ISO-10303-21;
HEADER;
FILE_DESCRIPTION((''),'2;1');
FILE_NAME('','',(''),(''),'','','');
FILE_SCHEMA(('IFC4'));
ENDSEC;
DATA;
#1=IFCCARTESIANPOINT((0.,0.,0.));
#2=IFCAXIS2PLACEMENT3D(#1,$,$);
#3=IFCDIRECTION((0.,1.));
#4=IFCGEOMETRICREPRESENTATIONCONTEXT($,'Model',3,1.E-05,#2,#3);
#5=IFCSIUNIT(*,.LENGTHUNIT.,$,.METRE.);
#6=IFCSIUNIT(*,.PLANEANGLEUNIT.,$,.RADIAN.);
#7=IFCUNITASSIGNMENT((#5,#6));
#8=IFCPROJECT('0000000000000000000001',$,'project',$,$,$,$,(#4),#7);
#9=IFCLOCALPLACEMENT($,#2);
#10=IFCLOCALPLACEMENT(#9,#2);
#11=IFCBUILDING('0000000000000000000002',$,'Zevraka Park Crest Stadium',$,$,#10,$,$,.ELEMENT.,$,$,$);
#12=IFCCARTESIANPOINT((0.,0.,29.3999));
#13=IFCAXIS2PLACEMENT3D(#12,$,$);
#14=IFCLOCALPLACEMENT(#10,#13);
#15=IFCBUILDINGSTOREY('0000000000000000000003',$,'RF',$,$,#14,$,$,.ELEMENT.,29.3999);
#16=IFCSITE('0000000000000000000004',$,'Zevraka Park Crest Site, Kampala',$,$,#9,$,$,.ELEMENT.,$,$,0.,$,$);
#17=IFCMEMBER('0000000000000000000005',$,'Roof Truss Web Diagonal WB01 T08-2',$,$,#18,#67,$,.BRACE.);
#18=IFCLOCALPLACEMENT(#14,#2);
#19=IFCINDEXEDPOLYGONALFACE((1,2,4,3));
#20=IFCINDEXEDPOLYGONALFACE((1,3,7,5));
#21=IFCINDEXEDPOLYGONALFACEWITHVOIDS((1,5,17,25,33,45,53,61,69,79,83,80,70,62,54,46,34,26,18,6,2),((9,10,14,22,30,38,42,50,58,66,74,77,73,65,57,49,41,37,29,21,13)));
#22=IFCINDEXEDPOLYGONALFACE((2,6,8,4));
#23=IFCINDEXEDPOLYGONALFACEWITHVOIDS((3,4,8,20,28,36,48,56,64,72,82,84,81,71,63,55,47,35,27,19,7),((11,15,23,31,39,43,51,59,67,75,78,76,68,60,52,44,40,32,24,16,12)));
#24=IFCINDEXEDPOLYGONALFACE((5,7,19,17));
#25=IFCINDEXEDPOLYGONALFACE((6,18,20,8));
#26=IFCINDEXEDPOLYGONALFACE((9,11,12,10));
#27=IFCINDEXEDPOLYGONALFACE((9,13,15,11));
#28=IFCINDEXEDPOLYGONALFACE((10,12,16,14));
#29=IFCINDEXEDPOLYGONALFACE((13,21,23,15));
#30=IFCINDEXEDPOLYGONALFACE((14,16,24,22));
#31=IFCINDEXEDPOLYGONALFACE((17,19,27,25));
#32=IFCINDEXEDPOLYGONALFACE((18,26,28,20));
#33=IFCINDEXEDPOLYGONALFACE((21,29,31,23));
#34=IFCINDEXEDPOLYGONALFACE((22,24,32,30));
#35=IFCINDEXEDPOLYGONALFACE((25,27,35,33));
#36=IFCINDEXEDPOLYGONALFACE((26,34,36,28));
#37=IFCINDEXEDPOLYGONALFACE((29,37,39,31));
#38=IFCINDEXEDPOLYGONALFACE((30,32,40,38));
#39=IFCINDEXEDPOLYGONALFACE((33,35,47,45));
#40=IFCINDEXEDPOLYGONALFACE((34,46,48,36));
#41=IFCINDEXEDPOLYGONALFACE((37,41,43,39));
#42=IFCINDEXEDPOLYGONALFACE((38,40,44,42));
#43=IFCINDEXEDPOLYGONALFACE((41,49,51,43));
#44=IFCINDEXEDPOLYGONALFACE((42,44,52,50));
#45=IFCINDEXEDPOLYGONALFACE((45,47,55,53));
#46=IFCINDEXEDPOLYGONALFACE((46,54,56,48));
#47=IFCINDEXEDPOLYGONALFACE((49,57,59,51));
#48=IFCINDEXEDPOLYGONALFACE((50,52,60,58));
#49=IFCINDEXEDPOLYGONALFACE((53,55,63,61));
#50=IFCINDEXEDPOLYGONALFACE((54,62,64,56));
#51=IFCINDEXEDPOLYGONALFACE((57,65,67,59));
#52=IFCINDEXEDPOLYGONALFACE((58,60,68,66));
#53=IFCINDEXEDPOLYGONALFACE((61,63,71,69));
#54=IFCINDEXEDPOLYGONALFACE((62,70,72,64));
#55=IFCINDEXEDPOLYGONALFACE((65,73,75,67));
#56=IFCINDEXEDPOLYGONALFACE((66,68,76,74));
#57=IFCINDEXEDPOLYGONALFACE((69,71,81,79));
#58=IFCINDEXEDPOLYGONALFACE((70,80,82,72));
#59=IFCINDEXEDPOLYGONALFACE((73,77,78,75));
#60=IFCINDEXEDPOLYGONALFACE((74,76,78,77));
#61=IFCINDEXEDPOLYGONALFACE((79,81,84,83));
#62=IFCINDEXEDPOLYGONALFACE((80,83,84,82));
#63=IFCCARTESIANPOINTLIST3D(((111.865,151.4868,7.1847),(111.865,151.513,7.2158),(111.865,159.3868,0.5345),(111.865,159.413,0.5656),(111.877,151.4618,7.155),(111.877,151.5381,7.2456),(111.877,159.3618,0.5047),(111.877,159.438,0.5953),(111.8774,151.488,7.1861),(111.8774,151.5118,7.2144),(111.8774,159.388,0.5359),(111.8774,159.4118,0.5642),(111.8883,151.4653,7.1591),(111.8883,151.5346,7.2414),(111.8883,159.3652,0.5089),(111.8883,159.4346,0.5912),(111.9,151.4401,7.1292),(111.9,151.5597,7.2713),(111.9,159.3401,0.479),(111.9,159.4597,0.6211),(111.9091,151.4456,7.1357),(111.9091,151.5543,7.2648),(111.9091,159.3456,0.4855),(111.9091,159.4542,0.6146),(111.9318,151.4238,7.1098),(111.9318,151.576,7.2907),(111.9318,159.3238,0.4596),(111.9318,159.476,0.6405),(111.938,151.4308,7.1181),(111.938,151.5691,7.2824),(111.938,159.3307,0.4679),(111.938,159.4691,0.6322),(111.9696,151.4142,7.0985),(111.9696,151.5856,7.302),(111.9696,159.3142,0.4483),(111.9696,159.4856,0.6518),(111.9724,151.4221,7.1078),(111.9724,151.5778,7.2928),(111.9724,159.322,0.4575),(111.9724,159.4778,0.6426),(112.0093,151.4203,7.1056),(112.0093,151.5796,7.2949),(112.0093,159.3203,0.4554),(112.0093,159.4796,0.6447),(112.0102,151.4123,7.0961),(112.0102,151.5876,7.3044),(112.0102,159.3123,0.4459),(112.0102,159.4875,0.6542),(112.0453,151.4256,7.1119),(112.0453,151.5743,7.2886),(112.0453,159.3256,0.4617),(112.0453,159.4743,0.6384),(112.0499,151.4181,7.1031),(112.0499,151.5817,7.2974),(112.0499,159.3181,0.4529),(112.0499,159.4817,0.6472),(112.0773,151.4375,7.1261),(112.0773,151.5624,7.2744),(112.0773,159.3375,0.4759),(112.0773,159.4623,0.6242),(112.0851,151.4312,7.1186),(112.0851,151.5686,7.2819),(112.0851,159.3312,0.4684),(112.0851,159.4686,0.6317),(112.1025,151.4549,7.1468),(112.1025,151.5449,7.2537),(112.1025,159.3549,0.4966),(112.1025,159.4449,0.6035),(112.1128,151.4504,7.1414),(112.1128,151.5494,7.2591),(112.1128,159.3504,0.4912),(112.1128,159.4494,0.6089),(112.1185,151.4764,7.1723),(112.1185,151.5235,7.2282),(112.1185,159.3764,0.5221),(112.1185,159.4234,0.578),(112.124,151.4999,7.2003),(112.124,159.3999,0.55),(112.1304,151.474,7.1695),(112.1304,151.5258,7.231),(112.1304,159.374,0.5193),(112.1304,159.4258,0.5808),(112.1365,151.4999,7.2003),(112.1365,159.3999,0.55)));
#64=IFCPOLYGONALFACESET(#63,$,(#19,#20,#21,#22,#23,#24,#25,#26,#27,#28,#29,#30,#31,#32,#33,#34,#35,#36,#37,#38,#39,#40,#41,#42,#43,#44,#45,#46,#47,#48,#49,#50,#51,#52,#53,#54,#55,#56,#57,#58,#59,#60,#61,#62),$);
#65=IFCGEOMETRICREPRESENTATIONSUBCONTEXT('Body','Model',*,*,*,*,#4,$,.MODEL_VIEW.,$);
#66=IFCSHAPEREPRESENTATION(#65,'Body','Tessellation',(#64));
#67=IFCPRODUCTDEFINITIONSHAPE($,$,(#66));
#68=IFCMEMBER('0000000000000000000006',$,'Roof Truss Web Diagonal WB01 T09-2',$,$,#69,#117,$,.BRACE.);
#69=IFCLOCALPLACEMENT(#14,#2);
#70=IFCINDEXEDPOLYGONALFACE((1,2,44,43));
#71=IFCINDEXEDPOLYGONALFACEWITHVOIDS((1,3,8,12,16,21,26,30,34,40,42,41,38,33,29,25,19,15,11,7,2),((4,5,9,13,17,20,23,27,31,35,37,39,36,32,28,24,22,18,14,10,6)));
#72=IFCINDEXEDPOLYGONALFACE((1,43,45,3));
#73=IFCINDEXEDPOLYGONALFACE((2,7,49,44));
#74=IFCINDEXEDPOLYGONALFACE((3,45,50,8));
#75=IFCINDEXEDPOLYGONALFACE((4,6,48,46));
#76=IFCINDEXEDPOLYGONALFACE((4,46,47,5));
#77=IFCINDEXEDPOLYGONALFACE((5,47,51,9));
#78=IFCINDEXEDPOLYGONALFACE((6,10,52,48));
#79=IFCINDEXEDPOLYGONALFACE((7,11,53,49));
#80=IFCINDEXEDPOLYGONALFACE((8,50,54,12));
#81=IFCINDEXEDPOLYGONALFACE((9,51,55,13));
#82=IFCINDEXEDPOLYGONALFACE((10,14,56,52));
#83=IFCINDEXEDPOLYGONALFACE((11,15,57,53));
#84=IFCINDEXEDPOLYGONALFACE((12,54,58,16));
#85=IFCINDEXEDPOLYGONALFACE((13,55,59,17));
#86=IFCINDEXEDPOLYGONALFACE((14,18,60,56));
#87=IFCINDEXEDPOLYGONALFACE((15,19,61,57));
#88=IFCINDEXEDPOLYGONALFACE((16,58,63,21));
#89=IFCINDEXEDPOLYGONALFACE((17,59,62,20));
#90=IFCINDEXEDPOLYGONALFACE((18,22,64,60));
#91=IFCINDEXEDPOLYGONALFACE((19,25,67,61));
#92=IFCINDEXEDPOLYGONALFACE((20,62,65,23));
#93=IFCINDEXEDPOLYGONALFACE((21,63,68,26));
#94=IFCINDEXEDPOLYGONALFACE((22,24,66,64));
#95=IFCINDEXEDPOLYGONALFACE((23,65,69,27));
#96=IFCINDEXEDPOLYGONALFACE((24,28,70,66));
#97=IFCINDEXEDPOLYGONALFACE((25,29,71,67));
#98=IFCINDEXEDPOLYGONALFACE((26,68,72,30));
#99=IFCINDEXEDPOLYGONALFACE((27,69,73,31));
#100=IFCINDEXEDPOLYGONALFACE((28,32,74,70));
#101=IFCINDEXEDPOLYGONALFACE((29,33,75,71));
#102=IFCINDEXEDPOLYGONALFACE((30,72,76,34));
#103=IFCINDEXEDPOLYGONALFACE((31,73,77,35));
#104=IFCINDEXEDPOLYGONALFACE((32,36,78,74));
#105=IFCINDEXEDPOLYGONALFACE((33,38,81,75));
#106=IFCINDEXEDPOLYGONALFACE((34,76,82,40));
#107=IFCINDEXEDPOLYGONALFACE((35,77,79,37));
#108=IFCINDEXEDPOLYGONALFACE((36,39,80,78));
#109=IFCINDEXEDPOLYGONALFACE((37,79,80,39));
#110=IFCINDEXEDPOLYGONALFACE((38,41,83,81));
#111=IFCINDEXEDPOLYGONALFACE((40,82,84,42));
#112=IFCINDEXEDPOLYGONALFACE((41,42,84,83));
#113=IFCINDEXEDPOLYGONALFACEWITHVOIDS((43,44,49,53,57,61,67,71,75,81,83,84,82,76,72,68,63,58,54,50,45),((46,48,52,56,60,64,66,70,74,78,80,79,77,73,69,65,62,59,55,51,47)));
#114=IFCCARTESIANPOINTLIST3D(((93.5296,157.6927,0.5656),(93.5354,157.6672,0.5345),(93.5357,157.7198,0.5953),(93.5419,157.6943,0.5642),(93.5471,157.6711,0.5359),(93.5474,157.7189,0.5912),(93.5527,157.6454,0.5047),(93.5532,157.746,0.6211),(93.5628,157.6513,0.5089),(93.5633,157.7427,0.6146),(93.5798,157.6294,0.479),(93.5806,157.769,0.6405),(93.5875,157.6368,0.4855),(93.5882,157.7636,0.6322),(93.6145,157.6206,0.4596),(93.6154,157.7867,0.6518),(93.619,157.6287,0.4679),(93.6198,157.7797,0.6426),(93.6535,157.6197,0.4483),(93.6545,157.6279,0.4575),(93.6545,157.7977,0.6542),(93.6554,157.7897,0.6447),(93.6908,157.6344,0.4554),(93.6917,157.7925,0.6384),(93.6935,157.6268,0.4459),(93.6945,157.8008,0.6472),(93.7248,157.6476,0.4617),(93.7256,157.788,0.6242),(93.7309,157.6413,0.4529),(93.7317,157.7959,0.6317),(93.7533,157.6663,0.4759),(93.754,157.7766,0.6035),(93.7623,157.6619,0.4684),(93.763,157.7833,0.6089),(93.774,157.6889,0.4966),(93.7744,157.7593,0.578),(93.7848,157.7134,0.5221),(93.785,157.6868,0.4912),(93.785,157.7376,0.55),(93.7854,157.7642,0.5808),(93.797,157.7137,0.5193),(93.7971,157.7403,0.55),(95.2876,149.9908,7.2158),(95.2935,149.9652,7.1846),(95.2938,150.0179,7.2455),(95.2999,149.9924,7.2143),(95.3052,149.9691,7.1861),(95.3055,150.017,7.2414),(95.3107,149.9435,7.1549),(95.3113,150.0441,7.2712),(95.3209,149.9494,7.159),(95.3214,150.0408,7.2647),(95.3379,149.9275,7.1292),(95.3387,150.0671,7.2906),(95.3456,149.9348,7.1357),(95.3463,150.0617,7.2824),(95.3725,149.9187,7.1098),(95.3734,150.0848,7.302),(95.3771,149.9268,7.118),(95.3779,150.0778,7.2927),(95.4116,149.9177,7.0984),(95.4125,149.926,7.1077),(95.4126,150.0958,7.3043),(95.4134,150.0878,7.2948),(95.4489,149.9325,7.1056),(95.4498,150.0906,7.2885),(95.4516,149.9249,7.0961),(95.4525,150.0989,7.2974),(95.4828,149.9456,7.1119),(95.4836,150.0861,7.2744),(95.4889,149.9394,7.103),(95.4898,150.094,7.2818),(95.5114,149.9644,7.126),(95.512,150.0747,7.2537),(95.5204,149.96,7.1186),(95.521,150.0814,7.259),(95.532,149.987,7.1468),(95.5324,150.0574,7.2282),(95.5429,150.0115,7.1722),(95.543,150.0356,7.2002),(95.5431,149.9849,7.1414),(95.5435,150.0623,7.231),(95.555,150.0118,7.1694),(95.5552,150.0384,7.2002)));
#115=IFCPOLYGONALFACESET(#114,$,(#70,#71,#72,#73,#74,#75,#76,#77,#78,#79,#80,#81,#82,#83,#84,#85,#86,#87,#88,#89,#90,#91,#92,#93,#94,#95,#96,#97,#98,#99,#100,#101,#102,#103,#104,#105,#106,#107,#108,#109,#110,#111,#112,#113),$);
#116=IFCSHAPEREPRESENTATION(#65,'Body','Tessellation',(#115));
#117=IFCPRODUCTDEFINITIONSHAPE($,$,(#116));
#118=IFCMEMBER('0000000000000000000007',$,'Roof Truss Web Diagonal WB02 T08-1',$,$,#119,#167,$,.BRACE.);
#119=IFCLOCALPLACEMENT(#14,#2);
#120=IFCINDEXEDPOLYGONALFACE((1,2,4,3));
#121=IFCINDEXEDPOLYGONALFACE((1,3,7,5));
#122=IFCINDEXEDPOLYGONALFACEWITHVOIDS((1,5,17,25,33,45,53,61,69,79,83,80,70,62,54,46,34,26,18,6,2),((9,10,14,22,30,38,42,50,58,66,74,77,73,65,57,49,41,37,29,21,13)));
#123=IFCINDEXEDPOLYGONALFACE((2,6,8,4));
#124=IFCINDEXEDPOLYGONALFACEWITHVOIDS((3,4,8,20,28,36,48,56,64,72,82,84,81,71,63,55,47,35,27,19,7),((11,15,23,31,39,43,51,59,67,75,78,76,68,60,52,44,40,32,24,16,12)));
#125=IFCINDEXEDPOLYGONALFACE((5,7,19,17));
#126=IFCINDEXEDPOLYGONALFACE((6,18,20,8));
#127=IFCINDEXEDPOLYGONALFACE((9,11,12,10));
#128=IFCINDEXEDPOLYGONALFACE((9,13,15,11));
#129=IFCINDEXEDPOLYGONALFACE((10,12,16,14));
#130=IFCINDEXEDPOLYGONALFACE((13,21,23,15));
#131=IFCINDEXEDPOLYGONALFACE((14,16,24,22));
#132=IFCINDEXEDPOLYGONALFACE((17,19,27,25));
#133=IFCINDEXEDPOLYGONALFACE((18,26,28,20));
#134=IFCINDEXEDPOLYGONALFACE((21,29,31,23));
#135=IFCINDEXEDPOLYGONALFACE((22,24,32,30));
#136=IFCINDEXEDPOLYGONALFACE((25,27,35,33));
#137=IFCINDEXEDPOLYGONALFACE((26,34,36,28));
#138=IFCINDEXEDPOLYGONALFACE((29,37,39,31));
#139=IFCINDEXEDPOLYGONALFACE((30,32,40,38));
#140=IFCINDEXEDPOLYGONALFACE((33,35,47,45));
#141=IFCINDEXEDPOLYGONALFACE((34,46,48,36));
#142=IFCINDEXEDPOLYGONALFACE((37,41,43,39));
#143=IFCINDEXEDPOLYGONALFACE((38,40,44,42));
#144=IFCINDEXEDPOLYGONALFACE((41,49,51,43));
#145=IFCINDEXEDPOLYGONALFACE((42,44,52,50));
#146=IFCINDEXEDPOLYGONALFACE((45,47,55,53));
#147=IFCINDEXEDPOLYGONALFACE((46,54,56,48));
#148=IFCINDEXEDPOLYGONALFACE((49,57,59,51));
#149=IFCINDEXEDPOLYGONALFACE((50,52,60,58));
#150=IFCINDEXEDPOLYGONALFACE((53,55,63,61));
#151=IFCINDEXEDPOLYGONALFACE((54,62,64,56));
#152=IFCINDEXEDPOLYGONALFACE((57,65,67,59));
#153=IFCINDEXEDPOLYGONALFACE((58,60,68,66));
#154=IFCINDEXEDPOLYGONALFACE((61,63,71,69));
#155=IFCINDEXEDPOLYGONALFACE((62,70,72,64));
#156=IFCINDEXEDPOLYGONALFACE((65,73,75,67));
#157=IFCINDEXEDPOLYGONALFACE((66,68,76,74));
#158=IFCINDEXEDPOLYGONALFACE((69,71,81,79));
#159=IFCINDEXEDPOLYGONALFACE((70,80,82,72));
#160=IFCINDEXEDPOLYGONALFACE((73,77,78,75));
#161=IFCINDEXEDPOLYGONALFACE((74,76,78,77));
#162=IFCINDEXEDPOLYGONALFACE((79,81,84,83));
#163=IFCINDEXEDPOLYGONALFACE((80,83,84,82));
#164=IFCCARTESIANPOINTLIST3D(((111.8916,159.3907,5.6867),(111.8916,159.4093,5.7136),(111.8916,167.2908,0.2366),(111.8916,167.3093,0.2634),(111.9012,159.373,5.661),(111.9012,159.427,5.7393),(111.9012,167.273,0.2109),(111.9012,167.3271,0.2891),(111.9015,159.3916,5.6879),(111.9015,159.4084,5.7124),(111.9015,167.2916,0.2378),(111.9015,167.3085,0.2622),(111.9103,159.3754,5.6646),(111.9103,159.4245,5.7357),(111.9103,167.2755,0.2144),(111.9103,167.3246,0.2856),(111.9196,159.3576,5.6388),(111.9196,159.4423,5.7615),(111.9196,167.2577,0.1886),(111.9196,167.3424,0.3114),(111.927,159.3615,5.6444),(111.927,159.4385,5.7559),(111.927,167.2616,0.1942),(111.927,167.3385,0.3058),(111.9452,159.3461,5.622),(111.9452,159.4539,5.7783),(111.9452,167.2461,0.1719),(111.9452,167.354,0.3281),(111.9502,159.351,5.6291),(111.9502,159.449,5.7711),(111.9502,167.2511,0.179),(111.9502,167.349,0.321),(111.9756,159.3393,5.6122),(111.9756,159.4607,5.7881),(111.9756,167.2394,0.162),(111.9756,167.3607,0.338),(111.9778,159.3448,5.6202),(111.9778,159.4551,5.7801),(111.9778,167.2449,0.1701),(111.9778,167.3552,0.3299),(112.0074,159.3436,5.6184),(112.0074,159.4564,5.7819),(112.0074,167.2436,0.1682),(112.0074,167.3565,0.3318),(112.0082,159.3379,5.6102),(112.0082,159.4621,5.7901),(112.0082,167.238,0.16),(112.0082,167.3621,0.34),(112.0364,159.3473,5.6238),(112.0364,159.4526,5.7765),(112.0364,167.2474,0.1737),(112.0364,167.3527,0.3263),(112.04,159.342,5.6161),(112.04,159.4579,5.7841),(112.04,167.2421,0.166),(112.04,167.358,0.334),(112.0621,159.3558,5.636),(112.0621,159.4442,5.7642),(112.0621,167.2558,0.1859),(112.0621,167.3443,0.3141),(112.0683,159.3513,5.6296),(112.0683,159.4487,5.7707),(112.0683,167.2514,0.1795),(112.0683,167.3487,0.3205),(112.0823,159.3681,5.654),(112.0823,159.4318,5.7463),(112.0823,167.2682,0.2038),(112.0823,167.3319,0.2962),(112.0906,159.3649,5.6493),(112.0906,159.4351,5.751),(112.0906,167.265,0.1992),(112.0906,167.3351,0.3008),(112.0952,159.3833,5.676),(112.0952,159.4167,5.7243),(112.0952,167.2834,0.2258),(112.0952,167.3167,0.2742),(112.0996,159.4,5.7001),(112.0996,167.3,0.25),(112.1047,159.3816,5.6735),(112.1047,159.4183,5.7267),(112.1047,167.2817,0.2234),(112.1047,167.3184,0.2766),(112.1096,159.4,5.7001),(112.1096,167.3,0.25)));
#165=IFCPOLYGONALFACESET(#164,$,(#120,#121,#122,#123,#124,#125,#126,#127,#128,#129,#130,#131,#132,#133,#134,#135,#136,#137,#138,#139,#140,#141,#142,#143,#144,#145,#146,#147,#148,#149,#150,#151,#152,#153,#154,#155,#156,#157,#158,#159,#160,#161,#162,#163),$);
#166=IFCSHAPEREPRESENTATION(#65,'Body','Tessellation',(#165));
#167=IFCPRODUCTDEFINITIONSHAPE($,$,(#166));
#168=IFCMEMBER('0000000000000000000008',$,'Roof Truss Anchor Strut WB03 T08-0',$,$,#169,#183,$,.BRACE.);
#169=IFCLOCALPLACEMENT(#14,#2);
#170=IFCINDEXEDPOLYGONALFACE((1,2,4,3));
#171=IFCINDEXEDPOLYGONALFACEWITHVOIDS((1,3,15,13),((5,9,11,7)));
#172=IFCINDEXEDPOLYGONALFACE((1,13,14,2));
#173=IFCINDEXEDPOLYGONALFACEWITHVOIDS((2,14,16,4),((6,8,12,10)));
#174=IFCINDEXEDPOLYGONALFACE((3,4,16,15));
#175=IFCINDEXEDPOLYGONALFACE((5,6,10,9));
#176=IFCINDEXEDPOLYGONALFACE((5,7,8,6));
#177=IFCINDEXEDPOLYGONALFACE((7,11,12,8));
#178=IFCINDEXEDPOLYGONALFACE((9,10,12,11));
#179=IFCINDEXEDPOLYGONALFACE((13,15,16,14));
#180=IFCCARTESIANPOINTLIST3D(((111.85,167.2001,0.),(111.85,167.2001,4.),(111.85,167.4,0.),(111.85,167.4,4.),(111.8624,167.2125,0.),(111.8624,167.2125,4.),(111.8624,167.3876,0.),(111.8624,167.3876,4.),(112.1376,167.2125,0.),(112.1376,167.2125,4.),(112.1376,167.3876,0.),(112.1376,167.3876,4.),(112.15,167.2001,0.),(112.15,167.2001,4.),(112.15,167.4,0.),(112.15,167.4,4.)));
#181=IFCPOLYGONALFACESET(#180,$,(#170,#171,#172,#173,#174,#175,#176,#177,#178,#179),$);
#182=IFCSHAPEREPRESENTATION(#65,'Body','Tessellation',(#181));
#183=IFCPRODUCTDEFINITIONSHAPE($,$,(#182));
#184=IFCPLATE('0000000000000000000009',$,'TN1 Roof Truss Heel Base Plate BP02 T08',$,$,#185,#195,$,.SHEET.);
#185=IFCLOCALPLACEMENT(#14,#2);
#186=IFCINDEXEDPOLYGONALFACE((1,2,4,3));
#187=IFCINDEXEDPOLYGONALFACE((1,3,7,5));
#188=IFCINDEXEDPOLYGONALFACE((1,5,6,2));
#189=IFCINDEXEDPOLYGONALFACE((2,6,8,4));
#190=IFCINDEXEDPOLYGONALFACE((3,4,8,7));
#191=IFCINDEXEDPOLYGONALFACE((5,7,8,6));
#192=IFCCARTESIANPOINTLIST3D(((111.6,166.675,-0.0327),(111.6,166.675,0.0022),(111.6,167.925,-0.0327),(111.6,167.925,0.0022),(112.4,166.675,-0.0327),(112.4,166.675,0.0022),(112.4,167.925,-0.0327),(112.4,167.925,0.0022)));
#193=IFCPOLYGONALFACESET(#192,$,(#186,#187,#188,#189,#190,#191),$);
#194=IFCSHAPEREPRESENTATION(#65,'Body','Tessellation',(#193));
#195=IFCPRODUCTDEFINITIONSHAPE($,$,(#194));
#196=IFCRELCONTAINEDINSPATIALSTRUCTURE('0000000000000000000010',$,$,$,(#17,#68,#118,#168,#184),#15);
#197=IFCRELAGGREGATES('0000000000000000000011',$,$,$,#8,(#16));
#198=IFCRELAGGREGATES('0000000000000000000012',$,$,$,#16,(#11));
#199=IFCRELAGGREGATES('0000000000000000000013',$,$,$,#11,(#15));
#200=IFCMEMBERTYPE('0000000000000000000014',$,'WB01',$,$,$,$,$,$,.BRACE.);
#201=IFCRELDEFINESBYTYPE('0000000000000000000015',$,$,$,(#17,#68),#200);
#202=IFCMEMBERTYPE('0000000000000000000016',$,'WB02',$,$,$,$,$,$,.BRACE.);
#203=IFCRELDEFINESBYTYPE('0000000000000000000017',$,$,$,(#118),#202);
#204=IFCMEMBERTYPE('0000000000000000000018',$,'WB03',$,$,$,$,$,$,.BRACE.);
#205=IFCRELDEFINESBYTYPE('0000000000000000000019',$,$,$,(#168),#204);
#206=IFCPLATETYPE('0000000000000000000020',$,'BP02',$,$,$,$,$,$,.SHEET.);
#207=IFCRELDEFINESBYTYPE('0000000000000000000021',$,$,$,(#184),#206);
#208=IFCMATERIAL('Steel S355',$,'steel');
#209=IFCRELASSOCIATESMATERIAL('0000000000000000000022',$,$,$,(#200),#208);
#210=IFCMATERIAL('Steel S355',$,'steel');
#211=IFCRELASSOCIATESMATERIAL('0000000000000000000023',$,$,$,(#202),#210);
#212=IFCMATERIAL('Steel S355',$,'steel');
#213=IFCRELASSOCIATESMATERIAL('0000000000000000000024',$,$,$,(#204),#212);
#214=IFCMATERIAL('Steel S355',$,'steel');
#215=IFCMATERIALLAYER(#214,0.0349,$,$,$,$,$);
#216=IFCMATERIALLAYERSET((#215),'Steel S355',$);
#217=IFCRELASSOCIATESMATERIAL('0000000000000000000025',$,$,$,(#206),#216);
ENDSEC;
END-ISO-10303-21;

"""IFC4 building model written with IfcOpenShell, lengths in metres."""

from ifc_helpers import new_model, si_unit, direction, frame, origin, origin_2d, place, context, subcontext, project, spatial, rectangle, hollow_rectangle, hollow_circle, extrude, material, layer, layer_set, material_profile, profile_set, type_object, element, save


model = new_model("IFC4")

# Units and contexts
model_context = context("Model", 3, precision=1e-05, world=origin(), true_north=direction((0.0, 1.0)))
body_context = subcontext(model_context, "Body", "Model", "MODEL_VIEW")
ifc_project = project(units=[si_unit("LENGTHUNIT", "METRE"), si_unit("PLANEANGLEUNIT", "RADIAN")], contexts=[model_context])

# Site, building, storey
site_placement = place(None, origin())
site = spatial("IfcSite", under=ifc_project, at=site_placement, Name="Zevraka Park Crest Site, Kampala", CompositionType="ELEMENT", RefElevation=0.0)
building_placement = place(site_placement, origin())
building = spatial("IfcBuilding", under=site, at=building_placement, Name="Zevraka Park Crest Stadium", CompositionType="ELEMENT")
storey_placement = place(building_placement, frame((0.0, 0.0, 29.3999)))
storey = spatial("IfcBuildingStorey", under=building, at=storey_placement, Name="RF", CompositionType="ELEMENT", Elevation=29.3999)

# Members
ifc_material_1 = material(Name="Steel S355", Category="steel")
ifc_material_profile_1 = material_profile(ifc_material_1, hollow_circle(Radius=0.1365, WallThickness=0.0125, at=origin_2d()), Name="CHS 273.0x12.5")
ifc_profile_set_1 = profile_set([ifc_material_profile_1], Name="Steel S355")
member_type_1 = type_object("IfcMemberType", Name="WB01", PredefinedType="BRACE", material=ifc_profile_set_1)
for number, where, z_axis, x_axis, name in (
    (1, (112.0, 159.3999, 0.55), (0.0, -0.765026, 0.644), (1.0, 0.0, 0.0), "Roof Truss Web Diagonal WB01 T08-2"),
    (2, (93.6641, 157.71, 0.55), (0.170249, -0.745846, 0.643995), (0.974924, 0.222539, 0.0), "Roof Truss Web Diagonal WB01 T09-2"),
):
    element("IfcMember", number, at=place(storey_placement, frame(where, z_axis=z_axis, x_axis=x_axis)), inside=storey, type_object=member_type_1, Name=name, PredefinedType="BRACE", context=body_context, shape_type="SweptSolid", body=[
        extrude(hollow_circle(Radius=0.1365, WallThickness=0.0125, at=origin_2d()), origin(), (0.0, 0.0, 1.0), 10.3264),
    ])
ifc_material_2 = material(Name="Steel S355", Category="steel")
ifc_material_profile_2 = material_profile(ifc_material_2, hollow_circle(Radius=0.1096, WallThickness=0.01, at=origin_2d()), Name="CHS 219.1x10")
ifc_profile_set_2 = profile_set([ifc_material_profile_2], Name="Steel S355")
member_type_2 = type_object("IfcMemberType", Name="WB02", PredefinedType="BRACE", material=ifc_profile_set_2)
member_1_placement = place(storey_placement, frame((112.0, 167.3, 0.25), z_axis=(0.0, -0.823124, 0.567861), x_axis=(1.0, 0.0, 0.0)))
element("IfcMember", 3, at=member_1_placement, inside=storey, type_object=member_type_2, Name="Roof Truss Web Diagonal WB02 T08-1", PredefinedType="BRACE", context=body_context, shape_type="SweptSolid", body=[
    extrude(hollow_circle(Radius=0.1096, WallThickness=0.01, at=origin_2d()), origin(), (0.0, 0.0, 1.0), 9.5977),
])
ifc_material_3 = material(Name="Steel S355", Category="steel")
ifc_material_profile_3 = material_profile(ifc_material_3, hollow_rectangle(XDim=0.2, YDim=0.3, WallThickness=0.0125, at=origin_2d()), Name="RHS 300x200x12.5")
ifc_profile_set_3 = profile_set([ifc_material_profile_3], Name="Steel S355")
member_type_3 = type_object("IfcMemberType", Name="WB03", PredefinedType="BRACE", material=ifc_profile_set_3)
member_2_placement = place(storey_placement, frame((112.0, 167.3, 0.0), z_axis=(0.0, 0.0, 1.0), x_axis=(0.0, 1.0, 0.0)))
element("IfcMember", 4, at=member_2_placement, inside=storey, type_object=member_type_3, Name="Roof Truss Anchor Strut WB03 T08-0", PredefinedType="BRACE", context=body_context, shape_type="SweptSolid", body=[
    extrude(hollow_rectangle(XDim=0.2, YDim=0.3, WallThickness=0.0125, at=origin_2d()), origin(), (0.0, 0.0, 1.0), 4.0),
])

# Plate
ifc_material_4 = material(Name="Steel S355", Category="steel")
ifc_layer_1 = layer(ifc_material_4, 0.0349)
ifc_layer_set_1 = layer_set([ifc_layer_1], Name="Steel S355")
plate_type_1 = type_object("IfcPlateType", Name="BP02", PredefinedType="SHEET", material=ifc_layer_set_1)
plate_1_placement = place(storey_placement, frame((112.0, 167.3, -0.0327), z_axis=(0.0, 0.0, 1.0), x_axis=(0.0, 1.0, 0.0)))
element("IfcPlate", 5, at=plate_1_placement, inside=storey, type_object=plate_type_1, Name="TN1 Roof Truss Heel Base Plate BP02 T08", PredefinedType="SHEET", context=body_context, shape_type="SweptSolid", body=[
    extrude(rectangle(XDim=1.25, YDim=0.8, at=origin_2d()), origin(), (0.0, 0.0, 1.0), 0.0349),
])

save(model, "model.ifc")
